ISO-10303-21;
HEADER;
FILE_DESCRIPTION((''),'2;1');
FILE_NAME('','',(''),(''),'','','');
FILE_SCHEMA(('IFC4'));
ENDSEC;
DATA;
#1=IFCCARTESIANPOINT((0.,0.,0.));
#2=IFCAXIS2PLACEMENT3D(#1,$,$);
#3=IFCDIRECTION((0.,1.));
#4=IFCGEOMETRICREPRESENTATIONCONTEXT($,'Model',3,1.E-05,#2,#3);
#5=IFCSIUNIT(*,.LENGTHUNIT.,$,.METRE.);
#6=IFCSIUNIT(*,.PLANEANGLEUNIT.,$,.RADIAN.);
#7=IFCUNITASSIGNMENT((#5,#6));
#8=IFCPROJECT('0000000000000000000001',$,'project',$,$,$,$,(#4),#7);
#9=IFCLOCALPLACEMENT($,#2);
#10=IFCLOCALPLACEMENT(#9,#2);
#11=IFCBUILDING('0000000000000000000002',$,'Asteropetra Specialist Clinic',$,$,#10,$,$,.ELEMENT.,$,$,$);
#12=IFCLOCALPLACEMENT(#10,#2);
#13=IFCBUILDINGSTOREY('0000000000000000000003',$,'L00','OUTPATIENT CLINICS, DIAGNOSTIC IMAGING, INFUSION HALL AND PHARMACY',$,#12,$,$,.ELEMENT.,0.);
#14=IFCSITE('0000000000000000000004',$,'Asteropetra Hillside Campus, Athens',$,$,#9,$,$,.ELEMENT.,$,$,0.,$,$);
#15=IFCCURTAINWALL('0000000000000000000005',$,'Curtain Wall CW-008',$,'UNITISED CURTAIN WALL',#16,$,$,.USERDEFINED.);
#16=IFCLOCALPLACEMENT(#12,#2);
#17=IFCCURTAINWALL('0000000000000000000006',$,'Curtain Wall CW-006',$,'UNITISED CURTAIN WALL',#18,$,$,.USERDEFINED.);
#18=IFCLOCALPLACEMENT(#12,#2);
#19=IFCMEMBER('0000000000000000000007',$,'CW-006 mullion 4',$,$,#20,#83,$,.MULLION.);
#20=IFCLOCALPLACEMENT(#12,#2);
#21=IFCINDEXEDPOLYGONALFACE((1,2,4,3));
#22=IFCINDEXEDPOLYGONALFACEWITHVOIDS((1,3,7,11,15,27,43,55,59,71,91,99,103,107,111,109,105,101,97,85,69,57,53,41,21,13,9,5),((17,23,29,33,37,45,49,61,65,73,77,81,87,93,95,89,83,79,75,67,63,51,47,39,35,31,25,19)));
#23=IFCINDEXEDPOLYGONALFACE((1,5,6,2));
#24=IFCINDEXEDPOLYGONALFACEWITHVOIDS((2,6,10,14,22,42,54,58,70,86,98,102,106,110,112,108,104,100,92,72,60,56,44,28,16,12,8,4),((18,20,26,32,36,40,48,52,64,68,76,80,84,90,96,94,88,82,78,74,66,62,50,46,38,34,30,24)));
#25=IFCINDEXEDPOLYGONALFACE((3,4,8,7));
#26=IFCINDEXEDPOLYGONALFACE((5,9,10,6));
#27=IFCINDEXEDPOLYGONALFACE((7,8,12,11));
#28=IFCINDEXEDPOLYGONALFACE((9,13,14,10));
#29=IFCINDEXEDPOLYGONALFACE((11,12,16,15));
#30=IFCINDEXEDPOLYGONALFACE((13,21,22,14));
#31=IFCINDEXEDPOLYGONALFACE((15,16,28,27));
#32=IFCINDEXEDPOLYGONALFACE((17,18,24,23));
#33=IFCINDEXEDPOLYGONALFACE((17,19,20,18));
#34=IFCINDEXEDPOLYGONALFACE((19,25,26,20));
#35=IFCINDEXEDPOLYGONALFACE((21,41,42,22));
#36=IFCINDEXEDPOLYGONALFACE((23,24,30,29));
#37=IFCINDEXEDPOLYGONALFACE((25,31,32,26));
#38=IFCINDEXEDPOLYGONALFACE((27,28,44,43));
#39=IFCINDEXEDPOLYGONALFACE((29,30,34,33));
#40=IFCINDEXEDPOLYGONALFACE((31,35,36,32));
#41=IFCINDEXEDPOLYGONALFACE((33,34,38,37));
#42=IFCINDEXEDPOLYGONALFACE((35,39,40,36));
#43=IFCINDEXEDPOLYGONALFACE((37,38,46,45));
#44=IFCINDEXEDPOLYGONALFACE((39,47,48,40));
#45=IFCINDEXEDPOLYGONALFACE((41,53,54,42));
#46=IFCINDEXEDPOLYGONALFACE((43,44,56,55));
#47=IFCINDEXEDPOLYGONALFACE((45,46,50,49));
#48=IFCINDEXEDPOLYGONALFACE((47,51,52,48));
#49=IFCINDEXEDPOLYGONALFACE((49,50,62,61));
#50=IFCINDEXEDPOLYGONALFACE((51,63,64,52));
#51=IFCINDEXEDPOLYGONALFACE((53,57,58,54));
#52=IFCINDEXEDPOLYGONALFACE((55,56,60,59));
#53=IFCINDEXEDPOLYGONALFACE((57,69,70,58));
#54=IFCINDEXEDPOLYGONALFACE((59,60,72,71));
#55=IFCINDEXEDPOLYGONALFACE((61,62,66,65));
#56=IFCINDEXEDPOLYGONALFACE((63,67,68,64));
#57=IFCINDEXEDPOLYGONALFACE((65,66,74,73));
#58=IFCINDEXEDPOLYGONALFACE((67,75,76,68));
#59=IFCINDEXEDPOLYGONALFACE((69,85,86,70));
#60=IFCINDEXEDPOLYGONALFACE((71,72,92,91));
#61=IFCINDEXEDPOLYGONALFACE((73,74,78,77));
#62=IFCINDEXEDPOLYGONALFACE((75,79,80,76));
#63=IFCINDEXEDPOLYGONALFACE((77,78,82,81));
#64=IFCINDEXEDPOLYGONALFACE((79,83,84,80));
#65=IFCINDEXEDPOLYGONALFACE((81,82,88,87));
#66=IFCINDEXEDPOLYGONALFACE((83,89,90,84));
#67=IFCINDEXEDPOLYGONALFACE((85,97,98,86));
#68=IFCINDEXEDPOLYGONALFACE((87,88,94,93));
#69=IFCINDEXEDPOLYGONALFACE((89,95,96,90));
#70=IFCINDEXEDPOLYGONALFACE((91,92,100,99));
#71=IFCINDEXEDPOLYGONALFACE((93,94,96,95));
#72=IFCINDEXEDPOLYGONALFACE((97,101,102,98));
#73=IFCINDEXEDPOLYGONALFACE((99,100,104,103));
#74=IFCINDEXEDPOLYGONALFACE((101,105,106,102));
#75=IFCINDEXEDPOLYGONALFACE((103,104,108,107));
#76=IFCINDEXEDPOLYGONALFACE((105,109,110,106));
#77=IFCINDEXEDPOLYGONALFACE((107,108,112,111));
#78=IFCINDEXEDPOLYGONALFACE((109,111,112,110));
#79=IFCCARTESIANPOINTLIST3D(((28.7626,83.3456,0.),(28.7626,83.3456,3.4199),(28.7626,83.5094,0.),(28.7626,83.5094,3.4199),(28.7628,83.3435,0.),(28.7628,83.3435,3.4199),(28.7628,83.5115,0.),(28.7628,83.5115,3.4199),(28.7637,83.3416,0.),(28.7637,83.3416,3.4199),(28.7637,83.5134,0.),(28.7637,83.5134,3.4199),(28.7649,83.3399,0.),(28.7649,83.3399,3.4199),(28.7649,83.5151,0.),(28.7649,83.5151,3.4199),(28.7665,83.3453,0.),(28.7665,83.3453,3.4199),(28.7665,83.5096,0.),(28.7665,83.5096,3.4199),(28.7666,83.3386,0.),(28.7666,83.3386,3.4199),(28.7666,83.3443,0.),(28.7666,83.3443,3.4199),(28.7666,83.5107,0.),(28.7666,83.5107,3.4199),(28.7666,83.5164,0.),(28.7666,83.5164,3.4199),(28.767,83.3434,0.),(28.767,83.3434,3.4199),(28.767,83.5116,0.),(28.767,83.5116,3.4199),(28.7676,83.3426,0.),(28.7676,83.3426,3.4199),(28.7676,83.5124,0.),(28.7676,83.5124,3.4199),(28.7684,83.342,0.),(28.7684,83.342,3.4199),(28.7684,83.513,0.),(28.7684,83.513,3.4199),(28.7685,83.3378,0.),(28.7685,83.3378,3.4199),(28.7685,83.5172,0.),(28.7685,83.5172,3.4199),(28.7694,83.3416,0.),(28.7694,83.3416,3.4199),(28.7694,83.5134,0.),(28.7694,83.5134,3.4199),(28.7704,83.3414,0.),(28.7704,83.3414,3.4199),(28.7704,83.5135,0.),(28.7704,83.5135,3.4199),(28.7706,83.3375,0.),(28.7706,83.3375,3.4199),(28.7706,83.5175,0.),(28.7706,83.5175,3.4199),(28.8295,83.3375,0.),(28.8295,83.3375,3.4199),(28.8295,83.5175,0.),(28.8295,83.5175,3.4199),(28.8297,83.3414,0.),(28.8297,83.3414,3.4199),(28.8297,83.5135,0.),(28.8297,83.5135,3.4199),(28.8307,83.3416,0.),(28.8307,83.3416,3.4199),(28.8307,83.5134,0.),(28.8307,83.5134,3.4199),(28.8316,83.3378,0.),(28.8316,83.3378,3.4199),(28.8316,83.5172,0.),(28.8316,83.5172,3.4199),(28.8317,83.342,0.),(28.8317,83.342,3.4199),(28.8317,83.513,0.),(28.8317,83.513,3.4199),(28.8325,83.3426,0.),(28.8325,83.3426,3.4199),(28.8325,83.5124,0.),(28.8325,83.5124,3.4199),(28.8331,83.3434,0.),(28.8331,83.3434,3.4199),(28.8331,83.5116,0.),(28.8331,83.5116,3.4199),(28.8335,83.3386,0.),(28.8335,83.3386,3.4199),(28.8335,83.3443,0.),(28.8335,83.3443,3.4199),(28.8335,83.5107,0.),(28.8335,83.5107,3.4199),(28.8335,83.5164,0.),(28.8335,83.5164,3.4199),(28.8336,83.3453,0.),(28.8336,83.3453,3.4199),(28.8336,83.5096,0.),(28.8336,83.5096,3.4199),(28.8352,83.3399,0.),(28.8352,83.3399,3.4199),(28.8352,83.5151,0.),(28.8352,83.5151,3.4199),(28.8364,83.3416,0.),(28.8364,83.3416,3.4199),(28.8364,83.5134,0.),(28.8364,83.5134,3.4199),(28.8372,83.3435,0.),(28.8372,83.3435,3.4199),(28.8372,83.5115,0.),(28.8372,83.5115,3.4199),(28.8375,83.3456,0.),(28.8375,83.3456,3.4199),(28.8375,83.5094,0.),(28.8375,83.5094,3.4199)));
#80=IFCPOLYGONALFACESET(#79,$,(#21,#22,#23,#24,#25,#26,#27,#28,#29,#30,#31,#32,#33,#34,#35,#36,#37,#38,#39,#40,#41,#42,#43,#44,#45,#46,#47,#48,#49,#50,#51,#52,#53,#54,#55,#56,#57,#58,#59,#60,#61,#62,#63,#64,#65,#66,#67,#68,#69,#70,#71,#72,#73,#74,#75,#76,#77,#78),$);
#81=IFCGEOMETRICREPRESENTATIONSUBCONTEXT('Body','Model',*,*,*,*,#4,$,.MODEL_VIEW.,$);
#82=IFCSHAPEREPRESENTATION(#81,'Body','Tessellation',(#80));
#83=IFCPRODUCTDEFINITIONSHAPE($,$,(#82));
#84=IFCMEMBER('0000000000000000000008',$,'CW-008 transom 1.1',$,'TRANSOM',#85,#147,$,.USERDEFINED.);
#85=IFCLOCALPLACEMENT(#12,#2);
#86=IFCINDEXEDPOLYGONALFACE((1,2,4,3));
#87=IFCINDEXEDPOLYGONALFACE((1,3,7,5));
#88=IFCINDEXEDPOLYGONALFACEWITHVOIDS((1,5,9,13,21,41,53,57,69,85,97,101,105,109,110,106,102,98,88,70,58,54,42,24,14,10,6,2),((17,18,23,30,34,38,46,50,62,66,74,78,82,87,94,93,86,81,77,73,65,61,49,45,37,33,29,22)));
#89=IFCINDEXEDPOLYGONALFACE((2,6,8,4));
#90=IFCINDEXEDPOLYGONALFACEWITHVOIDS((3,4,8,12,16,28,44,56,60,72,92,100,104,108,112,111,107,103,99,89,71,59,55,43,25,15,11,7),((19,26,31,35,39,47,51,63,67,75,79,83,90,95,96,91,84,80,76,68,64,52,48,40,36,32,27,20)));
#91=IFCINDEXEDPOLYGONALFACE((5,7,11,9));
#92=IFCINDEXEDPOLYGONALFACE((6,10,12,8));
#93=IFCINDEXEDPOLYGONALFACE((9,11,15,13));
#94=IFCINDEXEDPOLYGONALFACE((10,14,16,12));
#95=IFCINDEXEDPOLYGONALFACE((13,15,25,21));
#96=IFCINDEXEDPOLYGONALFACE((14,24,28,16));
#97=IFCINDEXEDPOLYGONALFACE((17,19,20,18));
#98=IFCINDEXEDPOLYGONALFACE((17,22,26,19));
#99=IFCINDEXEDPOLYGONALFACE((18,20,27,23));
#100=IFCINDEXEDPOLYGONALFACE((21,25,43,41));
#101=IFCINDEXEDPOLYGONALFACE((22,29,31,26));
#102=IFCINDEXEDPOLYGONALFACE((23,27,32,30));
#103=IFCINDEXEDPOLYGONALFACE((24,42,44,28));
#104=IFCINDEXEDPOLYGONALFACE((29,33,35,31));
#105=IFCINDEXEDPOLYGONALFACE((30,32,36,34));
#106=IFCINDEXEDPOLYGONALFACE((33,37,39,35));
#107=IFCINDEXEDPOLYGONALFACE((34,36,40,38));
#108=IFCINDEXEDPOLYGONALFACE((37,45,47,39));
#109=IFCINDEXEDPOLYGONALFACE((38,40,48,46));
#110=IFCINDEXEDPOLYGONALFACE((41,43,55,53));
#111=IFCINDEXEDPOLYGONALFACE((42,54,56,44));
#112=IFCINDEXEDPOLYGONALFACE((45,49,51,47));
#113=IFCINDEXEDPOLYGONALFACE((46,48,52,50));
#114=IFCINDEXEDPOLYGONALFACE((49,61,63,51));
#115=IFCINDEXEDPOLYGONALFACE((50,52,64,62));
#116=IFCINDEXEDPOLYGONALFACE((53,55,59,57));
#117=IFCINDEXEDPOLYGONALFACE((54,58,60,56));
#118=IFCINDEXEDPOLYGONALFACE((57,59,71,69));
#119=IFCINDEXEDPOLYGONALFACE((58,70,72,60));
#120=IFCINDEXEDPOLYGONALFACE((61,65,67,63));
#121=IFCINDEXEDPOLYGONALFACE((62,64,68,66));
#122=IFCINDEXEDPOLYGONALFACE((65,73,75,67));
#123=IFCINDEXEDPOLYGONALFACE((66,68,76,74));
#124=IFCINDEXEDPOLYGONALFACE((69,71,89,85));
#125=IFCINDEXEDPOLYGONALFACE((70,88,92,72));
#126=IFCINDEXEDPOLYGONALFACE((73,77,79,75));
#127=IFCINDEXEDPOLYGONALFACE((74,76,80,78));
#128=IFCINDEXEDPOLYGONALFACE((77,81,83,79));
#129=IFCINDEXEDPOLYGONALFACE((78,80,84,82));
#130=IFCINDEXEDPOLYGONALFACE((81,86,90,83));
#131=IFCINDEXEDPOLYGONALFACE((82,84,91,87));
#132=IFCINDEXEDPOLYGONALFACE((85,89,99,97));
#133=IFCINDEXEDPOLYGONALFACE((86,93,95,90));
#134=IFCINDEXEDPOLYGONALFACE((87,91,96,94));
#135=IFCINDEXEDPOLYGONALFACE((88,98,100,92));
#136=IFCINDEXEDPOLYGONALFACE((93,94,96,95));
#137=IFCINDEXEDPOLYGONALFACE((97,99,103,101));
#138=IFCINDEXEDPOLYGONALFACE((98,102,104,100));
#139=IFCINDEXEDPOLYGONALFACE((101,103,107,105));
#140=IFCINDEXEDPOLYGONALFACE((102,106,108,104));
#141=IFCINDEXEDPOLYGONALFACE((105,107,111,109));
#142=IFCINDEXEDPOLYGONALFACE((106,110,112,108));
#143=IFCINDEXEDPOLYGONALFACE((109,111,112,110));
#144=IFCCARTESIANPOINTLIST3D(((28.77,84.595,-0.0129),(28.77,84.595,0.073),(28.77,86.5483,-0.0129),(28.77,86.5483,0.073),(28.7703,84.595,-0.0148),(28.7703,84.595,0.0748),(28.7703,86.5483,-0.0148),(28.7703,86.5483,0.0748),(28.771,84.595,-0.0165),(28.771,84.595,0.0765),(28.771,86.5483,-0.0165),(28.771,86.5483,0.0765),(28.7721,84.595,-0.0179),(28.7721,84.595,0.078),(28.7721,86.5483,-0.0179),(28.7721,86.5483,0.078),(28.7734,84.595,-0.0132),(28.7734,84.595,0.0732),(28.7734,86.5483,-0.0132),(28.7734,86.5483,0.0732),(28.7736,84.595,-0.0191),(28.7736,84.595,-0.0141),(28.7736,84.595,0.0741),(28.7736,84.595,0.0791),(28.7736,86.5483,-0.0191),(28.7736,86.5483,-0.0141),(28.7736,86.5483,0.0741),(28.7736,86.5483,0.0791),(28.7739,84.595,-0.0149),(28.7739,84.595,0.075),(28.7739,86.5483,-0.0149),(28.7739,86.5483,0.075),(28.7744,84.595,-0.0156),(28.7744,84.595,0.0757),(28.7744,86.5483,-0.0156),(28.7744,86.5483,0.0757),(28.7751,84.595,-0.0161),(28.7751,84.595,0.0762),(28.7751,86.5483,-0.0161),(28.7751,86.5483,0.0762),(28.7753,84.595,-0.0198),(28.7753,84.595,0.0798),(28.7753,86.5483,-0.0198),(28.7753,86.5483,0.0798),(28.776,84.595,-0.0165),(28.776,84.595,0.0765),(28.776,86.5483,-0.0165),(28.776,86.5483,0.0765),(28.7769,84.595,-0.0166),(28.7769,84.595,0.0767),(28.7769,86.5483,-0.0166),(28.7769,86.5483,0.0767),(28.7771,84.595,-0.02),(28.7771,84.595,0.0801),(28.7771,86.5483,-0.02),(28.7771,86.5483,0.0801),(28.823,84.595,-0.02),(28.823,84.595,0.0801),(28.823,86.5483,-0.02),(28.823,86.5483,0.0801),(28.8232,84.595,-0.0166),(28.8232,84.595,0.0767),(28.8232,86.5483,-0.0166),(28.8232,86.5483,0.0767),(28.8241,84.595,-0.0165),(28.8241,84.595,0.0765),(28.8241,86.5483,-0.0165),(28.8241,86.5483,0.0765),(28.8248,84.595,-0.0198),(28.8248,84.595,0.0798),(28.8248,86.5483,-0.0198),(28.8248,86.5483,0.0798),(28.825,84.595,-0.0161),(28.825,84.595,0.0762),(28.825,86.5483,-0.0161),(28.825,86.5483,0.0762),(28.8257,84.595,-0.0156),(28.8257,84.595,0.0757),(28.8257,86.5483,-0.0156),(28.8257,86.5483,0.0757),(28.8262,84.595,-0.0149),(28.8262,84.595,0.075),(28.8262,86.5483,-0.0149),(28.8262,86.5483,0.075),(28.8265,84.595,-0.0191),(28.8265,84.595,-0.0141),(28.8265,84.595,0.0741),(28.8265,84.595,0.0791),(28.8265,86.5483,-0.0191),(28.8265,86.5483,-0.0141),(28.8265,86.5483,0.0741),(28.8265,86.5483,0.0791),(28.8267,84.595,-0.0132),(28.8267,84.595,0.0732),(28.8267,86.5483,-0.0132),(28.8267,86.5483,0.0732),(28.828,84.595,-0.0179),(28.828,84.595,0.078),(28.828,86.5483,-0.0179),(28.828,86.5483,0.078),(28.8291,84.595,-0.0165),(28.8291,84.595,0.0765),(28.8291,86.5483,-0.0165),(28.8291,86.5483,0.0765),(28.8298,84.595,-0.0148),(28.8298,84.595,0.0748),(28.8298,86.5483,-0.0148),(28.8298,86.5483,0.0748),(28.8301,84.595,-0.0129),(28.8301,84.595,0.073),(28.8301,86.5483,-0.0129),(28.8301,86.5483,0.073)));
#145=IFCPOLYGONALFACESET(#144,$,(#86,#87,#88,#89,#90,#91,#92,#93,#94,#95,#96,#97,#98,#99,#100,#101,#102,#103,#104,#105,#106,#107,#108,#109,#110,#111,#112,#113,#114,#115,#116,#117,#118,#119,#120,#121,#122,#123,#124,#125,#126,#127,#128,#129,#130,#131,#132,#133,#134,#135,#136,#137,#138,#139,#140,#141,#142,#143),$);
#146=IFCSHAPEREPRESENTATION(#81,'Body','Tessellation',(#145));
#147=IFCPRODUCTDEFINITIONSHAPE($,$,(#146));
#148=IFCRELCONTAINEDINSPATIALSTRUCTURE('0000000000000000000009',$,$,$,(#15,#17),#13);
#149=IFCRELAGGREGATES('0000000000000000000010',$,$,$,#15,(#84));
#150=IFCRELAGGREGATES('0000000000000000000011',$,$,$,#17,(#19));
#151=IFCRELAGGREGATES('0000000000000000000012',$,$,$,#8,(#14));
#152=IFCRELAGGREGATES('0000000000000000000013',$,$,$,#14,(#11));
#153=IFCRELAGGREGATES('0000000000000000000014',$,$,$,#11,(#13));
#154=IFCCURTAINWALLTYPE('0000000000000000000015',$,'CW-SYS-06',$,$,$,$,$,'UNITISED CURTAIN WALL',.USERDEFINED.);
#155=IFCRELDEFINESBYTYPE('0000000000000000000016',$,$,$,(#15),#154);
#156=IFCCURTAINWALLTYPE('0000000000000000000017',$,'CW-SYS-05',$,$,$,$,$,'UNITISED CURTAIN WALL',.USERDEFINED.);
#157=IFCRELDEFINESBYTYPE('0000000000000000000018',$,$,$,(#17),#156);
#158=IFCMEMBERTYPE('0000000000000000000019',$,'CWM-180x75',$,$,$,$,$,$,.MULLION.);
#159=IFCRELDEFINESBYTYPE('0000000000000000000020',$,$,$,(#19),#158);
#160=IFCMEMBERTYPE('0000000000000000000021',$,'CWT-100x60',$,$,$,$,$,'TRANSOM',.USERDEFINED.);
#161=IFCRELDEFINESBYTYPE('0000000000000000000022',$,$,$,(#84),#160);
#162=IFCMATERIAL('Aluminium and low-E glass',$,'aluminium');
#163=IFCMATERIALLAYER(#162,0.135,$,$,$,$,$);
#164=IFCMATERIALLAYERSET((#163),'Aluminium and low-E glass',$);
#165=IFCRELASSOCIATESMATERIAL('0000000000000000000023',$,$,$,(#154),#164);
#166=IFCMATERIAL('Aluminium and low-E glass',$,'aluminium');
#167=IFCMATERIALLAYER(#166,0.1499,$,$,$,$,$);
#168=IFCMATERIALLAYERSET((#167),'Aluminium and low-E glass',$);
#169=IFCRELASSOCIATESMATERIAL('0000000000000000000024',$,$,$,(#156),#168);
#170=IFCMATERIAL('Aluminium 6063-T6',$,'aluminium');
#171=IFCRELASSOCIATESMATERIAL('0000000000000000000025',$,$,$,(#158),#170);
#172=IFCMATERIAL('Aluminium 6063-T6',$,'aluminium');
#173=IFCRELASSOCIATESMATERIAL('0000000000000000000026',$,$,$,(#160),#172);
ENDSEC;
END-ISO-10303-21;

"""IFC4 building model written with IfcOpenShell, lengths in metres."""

from ifc_helpers import new_model, si_unit, direction, frame, origin, origin_2d, place, context, subcontext, project, spatial, hollow_rectangle, extrude, material, layer, layer_set, material_profile, profile_set, type_object, element, aggregate, save


model = new_model("IFC4")

# Units and contexts
model_context = context("Model", 3, precision=1e-05, world=origin(), true_north=direction((0.0, 1.0)))
body_context = subcontext(model_context, "Body", "Model", "MODEL_VIEW")
ifc_project = project(units=[si_unit("LENGTHUNIT", "METRE"), si_unit("PLANEANGLEUNIT", "RADIAN")], contexts=[model_context])

# Site, building, storey
site_placement = place(None, origin())
site = spatial("IfcSite", under=ifc_project, at=site_placement, Name="Asteropetra Hillside Campus, Athens", CompositionType="ELEMENT", RefElevation=0.0)
building_placement = place(site_placement, origin())
building = spatial("IfcBuilding", under=site, at=building_placement, Name="Asteropetra Specialist Clinic", CompositionType="ELEMENT")
storey_placement = place(building_placement, origin())
storey = spatial("IfcBuildingStorey", under=building, at=storey_placement, Name="L00", Description="OUTPATIENT CLINICS, DIAGNOSTIC IMAGING, INFUSION HALL AND PHARMACY", CompositionType="ELEMENT", Elevation=0.0)

# Curtain wall
ifc_material_1 = material(Name="Aluminium and low-E glass", Category="aluminium")
ifc_layer_1 = layer(ifc_material_1, 0.135)
ifc_layer_set_1 = layer_set([ifc_layer_1], Name="Aluminium and low-E glass")
curtain_wall_type_1 = type_object("IfcCurtainWallType", Name="CW-SYS-06", ElementType="UNITISED CURTAIN WALL", PredefinedType="USERDEFINED", material=ifc_layer_set_1)
curtain_wall_1_placement = place(storey_placement, origin())
curtain_wall_1 = element("IfcCurtainWall", 1, at=curtain_wall_1_placement, inside=storey, type_object=curtain_wall_type_1, Name="Curtain Wall CW-008", ObjectType="UNITISED CURTAIN WALL", PredefinedType="USERDEFINED")

# Curtain wall, member
ifc_material_2 = material(Name="Aluminium and low-E glass", Category="aluminium")
ifc_layer_2 = layer(ifc_material_2, 0.1499)
ifc_layer_set_2 = layer_set([ifc_layer_2], Name="Aluminium and low-E glass")
curtain_wall_type_2 = type_object("IfcCurtainWallType", Name="CW-SYS-05", ElementType="UNITISED CURTAIN WALL", PredefinedType="USERDEFINED", material=ifc_layer_set_2)
curtain_wall_2_placement = place(storey_placement, origin())
curtain_wall_2 = element("IfcCurtainWall", 2, at=curtain_wall_2_placement, inside=storey, type_object=curtain_wall_type_2, Name="Curtain Wall CW-006", ObjectType="UNITISED CURTAIN WALL", PredefinedType="USERDEFINED")
ifc_material_3 = material(Name="Aluminium 6063-T6", Category="aluminium")
ifc_material_profile_1 = material_profile(ifc_material_3, hollow_rectangle(XDim=0.075, YDim=0.1799, WallThickness=0.0039, InnerFilletRadius=0.0039, OuterFilletRadius=0.0081, at=origin_2d()), Name="MUL 180x75x4.0")
ifc_profile_set_1 = profile_set([ifc_material_profile_1], Name="Aluminium 6063-T6")
member_type_1 = type_object("IfcMemberType", Name="CWM-180x75", PredefinedType="MULLION", material=ifc_profile_set_1)
member_1_placement = place(storey_placement, frame((28.8, 83.4275, 0.0), z_axis=(0.0, 0.0, 1.0), x_axis=(-1.0, 0.0, 0.0)))
member_1 = element("IfcMember", 3, at=member_1_placement, type_object=member_type_1, Name="CW-006 mullion 4", PredefinedType="MULLION", context=body_context, shape_type="SweptSolid", body=[
    extrude(hollow_rectangle(XDim=0.075, YDim=0.1799, WallThickness=0.0039, InnerFilletRadius=0.0039, OuterFilletRadius=0.0081, at=origin_2d()), origin(), (0.0, 0.0, 1.0), 3.4199),
])

# Member
ifc_material_4 = material(Name="Aluminium 6063-T6", Category="aluminium")
ifc_material_profile_2 = material_profile(ifc_material_4, hollow_rectangle(XDim=0.0601, YDim=0.1001, WallThickness=0.0034, InnerFilletRadius=0.0034, OuterFilletRadius=0.0071, at=origin_2d()), Name="TRN 100x60x3.5")
ifc_profile_set_2 = profile_set([ifc_material_profile_2], Name="Aluminium 6063-T6")
member_type_2 = type_object("IfcMemberType", Name="CWT-100x60", ElementType="TRANSOM", PredefinedType="USERDEFINED", material=ifc_profile_set_2)
member_2_placement = place(storey_placement, frame((28.8, 84.595, 0.03), z_axis=(0.0, 1.0, 0.0), x_axis=(-1.0, 0.0, 0.0)))
member_2 = element("IfcMember", 4, at=member_2_placement, type_object=member_type_2, Name="CW-008 transom 1.1", ObjectType="TRANSOM", PredefinedType="USERDEFINED", context=body_context, shape_type="SweptSolid", body=[
    extrude(hollow_rectangle(XDim=0.0601, YDim=0.1001, WallThickness=0.0034, InnerFilletRadius=0.0034, OuterFilletRadius=0.0071, at=origin_2d()), origin(), (0.0, 0.0, 1.0), 1.9534),
])
aggregate(curtain_wall_1, [member_2])

aggregate(curtain_wall_2, [member_1])

save(model, "model.ifc")
